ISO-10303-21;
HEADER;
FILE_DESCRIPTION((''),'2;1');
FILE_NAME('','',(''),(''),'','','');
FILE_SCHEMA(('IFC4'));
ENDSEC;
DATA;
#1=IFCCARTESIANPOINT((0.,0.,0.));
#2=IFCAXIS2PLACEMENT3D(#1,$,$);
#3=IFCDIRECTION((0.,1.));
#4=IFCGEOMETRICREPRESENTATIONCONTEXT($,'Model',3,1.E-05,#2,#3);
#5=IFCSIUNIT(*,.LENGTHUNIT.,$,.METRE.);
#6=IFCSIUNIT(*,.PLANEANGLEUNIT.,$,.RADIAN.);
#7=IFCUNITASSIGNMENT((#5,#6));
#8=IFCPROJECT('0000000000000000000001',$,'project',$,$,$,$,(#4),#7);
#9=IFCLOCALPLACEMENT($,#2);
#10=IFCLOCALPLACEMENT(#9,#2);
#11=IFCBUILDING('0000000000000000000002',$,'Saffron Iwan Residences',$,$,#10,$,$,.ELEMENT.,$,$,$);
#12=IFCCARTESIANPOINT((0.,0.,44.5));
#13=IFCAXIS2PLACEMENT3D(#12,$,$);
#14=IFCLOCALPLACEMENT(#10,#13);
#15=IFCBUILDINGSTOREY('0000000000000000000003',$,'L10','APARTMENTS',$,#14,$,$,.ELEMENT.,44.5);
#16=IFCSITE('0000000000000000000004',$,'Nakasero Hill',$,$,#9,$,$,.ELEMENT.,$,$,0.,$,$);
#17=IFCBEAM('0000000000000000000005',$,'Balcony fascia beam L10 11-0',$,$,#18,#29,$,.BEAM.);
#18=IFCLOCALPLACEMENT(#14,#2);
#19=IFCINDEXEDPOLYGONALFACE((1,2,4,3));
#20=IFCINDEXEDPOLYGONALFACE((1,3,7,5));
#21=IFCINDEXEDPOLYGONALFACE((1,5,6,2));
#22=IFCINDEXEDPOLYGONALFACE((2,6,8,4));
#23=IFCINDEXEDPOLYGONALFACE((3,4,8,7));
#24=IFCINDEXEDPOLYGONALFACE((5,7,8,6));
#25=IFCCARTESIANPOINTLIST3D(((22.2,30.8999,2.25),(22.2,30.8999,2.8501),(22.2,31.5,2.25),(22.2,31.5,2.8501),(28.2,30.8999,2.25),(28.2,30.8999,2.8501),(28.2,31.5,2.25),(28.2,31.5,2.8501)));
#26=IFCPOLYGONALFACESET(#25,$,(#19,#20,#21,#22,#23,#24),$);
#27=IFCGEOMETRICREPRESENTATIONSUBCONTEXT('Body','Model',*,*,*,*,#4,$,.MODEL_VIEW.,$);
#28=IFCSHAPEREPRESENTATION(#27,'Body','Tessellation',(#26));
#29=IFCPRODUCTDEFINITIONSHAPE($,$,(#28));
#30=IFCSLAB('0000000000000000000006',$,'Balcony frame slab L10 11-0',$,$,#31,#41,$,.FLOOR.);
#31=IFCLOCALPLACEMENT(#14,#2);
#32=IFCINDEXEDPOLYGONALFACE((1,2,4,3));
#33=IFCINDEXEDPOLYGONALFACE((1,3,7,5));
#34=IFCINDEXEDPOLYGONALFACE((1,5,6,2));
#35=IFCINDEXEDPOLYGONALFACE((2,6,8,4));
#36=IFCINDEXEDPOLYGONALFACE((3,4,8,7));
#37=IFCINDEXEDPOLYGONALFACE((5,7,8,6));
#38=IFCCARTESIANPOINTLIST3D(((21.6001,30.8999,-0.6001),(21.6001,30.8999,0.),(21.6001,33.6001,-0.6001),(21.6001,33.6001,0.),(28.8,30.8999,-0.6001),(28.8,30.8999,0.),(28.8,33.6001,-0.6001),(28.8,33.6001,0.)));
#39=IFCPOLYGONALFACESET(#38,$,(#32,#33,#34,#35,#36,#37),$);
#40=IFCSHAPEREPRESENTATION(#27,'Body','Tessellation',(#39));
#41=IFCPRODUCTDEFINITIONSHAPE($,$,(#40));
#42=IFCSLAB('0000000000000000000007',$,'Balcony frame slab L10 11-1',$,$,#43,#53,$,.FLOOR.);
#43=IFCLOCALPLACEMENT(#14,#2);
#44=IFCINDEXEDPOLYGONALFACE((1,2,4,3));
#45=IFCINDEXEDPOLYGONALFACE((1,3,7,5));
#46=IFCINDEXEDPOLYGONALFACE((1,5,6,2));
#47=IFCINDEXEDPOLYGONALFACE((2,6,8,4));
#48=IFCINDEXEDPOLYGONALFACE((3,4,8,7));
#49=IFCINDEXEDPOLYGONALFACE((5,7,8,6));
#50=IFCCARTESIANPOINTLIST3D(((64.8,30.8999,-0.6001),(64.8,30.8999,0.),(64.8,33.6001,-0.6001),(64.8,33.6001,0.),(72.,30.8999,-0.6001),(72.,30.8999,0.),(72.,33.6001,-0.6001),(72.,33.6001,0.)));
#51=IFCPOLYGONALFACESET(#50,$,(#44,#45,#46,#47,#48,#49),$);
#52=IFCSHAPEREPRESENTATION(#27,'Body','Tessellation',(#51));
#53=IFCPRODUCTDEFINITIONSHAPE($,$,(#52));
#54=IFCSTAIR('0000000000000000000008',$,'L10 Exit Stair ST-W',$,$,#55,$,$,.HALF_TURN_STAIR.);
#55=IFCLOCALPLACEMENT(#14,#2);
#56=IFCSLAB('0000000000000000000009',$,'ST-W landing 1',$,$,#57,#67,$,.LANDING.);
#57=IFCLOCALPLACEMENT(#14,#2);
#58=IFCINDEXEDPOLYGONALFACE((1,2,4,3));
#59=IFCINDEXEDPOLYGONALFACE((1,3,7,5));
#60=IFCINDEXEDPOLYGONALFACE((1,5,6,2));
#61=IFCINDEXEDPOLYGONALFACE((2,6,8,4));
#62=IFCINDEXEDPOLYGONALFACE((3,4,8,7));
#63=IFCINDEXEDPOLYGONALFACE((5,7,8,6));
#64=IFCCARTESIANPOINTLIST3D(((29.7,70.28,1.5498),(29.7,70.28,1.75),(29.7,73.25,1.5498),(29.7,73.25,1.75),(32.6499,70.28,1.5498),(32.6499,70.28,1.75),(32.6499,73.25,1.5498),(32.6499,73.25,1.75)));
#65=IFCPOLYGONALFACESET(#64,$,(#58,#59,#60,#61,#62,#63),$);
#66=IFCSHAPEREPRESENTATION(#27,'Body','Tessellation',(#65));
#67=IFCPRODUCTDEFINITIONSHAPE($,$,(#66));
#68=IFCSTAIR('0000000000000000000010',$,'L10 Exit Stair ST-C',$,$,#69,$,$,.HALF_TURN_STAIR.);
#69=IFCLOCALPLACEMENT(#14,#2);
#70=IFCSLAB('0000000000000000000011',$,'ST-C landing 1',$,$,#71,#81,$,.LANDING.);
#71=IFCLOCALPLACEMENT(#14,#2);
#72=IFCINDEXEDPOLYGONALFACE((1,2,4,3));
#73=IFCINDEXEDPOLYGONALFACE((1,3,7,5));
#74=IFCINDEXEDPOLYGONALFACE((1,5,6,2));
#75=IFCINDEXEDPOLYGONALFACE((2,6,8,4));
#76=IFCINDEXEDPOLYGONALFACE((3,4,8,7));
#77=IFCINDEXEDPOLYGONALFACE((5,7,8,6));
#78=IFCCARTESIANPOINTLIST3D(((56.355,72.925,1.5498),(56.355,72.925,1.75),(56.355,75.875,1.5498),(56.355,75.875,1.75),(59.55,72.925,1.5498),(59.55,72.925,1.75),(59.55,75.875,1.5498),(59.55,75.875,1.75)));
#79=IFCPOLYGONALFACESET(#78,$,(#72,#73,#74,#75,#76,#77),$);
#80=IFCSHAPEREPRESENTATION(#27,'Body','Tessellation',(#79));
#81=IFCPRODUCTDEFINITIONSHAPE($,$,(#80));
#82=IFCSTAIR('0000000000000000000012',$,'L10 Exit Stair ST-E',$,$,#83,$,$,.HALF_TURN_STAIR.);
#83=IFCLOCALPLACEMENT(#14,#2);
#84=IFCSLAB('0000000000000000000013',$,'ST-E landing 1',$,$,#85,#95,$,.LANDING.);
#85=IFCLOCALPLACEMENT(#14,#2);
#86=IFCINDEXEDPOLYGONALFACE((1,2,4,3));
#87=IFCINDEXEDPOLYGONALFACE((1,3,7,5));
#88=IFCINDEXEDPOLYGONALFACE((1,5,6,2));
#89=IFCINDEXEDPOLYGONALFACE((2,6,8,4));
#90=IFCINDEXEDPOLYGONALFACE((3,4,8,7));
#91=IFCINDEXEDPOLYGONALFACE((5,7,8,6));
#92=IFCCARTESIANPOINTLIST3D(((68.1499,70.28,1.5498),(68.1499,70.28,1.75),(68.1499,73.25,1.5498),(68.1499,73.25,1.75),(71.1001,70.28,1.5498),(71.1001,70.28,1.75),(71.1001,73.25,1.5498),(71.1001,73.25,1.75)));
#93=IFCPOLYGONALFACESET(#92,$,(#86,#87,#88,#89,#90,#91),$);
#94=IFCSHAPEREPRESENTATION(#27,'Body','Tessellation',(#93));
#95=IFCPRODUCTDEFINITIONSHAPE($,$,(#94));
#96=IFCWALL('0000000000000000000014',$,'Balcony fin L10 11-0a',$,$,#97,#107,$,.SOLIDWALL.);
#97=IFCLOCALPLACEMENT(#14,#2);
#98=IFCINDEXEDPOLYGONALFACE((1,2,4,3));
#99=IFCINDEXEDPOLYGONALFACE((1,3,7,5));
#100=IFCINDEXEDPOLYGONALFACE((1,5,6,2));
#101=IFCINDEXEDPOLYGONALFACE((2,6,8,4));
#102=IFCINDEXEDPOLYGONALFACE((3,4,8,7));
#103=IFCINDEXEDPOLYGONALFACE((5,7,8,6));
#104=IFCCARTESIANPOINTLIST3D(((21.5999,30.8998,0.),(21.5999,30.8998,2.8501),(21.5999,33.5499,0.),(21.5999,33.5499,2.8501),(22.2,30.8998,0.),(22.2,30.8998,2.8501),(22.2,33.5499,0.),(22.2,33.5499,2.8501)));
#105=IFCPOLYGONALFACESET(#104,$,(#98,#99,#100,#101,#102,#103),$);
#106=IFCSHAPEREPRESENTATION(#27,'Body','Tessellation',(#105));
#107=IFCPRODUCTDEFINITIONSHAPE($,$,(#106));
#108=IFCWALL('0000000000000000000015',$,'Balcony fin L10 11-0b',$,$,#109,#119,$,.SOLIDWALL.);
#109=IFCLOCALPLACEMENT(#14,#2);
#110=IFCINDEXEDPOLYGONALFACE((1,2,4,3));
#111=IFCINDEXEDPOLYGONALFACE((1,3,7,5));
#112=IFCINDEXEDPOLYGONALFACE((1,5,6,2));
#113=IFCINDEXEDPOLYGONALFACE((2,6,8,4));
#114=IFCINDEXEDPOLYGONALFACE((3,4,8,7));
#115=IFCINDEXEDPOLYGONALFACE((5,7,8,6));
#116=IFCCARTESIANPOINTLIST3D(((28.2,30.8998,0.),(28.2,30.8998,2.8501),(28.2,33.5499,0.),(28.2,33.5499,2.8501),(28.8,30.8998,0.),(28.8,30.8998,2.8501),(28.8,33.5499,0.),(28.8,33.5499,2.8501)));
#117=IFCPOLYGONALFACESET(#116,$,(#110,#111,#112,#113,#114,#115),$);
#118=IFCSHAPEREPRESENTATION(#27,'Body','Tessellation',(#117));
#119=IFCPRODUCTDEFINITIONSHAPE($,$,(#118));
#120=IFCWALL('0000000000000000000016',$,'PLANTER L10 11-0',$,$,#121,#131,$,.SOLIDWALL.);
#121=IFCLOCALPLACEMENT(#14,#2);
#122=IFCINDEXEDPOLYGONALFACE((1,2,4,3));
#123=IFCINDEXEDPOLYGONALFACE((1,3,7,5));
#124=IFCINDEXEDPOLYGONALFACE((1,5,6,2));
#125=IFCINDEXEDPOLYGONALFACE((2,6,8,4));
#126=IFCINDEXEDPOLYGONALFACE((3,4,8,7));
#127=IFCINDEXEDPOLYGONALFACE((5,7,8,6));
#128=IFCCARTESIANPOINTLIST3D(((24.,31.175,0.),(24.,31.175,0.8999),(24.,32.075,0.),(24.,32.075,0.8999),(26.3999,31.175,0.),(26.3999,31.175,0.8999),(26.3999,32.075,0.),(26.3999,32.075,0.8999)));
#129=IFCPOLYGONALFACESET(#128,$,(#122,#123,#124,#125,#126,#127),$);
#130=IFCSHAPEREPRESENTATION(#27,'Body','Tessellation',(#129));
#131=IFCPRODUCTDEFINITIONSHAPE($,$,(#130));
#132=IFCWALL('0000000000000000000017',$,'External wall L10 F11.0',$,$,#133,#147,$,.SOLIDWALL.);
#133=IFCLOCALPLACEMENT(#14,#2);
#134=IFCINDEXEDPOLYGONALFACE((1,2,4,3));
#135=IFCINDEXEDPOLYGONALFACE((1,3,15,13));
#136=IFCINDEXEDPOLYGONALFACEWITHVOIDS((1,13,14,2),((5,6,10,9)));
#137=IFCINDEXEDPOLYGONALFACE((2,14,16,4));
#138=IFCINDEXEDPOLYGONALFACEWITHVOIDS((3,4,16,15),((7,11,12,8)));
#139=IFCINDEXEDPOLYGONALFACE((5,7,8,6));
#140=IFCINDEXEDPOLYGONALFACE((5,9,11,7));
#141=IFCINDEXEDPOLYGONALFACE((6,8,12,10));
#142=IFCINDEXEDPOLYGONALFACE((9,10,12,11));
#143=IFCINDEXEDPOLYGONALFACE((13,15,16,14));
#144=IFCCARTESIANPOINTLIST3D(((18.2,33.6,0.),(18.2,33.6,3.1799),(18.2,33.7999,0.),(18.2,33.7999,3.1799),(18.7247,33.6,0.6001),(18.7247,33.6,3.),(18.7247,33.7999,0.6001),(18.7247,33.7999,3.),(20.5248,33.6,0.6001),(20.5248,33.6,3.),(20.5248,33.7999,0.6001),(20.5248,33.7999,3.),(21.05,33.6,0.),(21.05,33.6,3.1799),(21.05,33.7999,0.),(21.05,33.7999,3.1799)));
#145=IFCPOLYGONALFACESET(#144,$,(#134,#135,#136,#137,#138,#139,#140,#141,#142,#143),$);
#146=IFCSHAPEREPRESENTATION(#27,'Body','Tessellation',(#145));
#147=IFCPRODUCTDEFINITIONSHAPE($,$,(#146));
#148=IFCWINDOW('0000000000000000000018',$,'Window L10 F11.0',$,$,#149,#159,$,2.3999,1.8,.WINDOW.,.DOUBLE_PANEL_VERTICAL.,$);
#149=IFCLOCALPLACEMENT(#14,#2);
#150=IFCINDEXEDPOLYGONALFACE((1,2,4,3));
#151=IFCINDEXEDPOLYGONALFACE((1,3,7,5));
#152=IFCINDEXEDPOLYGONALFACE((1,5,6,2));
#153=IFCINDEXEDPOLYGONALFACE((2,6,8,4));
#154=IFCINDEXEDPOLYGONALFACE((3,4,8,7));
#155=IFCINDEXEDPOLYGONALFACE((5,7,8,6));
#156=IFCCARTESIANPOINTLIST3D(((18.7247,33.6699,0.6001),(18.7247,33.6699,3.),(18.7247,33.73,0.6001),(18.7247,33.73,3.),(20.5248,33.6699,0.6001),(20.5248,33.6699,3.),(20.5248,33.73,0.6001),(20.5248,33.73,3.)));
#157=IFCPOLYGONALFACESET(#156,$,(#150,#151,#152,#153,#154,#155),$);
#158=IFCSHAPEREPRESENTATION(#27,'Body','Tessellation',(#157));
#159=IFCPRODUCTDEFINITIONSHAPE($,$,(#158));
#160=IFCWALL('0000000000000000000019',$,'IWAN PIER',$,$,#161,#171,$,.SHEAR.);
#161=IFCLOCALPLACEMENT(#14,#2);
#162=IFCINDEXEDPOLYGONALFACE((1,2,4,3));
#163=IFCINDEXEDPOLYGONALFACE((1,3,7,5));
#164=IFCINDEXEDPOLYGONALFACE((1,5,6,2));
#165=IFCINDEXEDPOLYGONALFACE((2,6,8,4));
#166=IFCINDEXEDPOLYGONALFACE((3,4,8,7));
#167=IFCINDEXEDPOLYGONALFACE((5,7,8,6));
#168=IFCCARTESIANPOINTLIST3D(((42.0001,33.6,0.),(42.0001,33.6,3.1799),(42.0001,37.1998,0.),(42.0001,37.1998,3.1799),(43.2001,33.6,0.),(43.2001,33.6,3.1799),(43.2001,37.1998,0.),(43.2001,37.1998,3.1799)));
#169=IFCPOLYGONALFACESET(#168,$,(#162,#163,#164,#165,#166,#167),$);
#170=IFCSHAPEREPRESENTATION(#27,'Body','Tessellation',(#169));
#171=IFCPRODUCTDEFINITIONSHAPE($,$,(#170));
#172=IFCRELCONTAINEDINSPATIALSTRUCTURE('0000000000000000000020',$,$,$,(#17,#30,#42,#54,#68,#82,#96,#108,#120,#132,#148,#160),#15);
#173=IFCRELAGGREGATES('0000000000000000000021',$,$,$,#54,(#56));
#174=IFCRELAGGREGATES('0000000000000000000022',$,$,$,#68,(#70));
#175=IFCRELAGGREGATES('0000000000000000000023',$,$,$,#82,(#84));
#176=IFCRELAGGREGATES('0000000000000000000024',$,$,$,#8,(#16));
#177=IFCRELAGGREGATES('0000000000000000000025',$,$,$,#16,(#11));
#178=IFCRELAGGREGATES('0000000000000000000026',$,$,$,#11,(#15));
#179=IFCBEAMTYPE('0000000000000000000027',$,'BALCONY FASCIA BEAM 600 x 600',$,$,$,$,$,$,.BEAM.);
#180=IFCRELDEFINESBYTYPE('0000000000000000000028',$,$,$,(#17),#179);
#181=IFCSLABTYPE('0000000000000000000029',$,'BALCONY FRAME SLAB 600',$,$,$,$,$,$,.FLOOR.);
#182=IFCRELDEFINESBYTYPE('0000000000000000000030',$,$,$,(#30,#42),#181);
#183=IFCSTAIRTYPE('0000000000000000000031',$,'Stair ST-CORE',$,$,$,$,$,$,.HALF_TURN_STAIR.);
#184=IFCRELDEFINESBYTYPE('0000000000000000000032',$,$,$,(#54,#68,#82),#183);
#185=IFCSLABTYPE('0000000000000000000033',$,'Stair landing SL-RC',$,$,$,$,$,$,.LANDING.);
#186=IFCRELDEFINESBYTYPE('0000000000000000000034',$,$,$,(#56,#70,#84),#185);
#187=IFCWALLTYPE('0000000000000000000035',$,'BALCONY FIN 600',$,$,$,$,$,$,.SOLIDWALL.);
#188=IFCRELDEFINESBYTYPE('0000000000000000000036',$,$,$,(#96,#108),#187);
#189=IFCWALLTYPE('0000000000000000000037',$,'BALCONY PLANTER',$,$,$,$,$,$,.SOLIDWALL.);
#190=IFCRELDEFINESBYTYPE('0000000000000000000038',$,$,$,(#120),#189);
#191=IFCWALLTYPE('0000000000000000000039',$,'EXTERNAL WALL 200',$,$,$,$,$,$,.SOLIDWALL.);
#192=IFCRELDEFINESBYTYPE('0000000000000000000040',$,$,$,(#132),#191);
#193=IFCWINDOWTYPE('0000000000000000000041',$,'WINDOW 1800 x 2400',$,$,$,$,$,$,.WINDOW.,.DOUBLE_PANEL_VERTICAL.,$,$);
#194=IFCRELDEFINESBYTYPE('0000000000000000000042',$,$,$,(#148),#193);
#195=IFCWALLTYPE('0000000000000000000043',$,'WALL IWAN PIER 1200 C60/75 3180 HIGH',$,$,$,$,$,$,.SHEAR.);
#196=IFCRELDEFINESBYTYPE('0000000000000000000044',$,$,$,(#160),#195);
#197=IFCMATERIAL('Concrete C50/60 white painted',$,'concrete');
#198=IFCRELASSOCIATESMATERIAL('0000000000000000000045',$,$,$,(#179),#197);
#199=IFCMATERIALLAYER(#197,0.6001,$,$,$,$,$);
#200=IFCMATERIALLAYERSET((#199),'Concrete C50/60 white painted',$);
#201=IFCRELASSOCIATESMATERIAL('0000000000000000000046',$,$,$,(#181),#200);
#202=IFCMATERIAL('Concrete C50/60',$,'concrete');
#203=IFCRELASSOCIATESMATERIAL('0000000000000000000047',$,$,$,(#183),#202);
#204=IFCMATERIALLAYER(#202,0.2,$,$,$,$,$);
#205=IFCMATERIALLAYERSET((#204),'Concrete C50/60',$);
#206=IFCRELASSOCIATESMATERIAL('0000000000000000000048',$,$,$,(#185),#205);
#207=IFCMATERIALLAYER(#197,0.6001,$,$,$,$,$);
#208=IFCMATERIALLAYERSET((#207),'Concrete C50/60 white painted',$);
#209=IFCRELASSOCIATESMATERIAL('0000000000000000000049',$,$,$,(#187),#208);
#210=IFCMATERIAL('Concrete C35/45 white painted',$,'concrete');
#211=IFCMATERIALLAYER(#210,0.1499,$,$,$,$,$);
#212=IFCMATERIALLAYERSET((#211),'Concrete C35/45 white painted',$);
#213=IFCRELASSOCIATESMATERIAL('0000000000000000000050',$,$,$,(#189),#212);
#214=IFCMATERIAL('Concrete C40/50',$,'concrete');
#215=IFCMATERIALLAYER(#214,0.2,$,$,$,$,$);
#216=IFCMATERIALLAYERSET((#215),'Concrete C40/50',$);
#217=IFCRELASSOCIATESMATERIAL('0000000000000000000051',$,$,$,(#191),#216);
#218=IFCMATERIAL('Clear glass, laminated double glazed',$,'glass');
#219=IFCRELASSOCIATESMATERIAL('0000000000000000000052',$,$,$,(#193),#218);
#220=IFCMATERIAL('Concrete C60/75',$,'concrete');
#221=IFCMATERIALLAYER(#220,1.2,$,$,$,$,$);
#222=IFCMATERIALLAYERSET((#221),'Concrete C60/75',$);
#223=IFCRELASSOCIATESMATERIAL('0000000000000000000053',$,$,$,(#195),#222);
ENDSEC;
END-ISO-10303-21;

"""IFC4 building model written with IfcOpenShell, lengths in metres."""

from ifc_helpers import new_model, si_unit, direction, frame, frame_2d, origin, origin_2d, place, context, subcontext, project, spatial, polyline, rectangle, outline, extrude, source, transform, mapped, material, layer, layer_set, material_profile, profile_set, type_object, element, fill, aggregate, save


model = new_model("IFC4")

# Units and contexts
model_context = context("Model", 3, precision=1e-05, world=origin(), true_north=direction((0.0, 1.0)))
body_context = subcontext(model_context, "Body", "Model", "MODEL_VIEW")
ifc_project = project(units=[si_unit("LENGTHUNIT", "METRE"), si_unit("PLANEANGLEUNIT", "RADIAN")], contexts=[model_context])

# Site, building, storey
site_placement = place(None, origin())
site = spatial("IfcSite", under=ifc_project, at=site_placement, Name="Nakasero Hill", CompositionType="ELEMENT", RefElevation=0.0)
building_placement = place(site_placement, origin())
building = spatial("IfcBuilding", under=site, at=building_placement, Name="Saffron Iwan Residences", CompositionType="ELEMENT")
storey_placement = place(building_placement, frame((0.0, 0.0, 44.5)))
storey = spatial("IfcBuildingStorey", under=building, at=storey_placement, Name="L10", Description="APARTMENTS", CompositionType="ELEMENT", Elevation=44.5)

# Beam
ifc_material_1 = material(Name="Concrete C50/60 white painted", Category="concrete")
ifc_material_profile = material_profile(ifc_material_1, rectangle(XDim=0.6001, YDim=0.6001, at=origin_2d()), Name="BALCONY FASCIA BEAM 600 x 600")
ifc_profile_set = profile_set([ifc_material_profile], Name="Concrete C50/60 white painted")
beam_type = type_object("IfcBeamType", Name="BALCONY FASCIA BEAM 600 x 600", PredefinedType="BEAM", material=ifc_profile_set)
shared_shape = source(origin(), body_context, "Body", "SweptSolid", [
    extrude(rectangle(XDim=0.6001, YDim=0.6001, at=origin_2d()), origin(), (0.0, 0.0, 1.0), 6.0),
])
beam_placement = place(storey_placement, frame((22.2, 31.2, 2.55), z_axis=(1.0, 0.0, 0.0), x_axis=(0.0, 1.0, 0.0)))
element("IfcBeam", 1, at=beam_placement, inside=storey, type_object=beam_type, Name="Balcony fascia beam L10 11-0", PredefinedType="BEAM", context=body_context, shape_type="MappedRepresentation", body=[
    mapped(shared_shape, transform((0.0, 0.0, 0.0))),
])

# Slabs
ifc_layer_1 = layer(ifc_material_1, 0.6001)
ifc_layer_set_1 = layer_set([ifc_layer_1], Name="Concrete C50/60 white painted")
slab_type_1 = type_object("IfcSlabType", Name="BALCONY FRAME SLAB 600", PredefinedType="FLOOR", material=ifc_layer_set_1)
slab_1_placement = place(storey_placement, frame((0.0, 0.0, -0.6001)))
element("IfcSlab", 2, at=slab_1_placement, inside=storey, type_object=slab_type_1, Name="Balcony frame slab L10 11-0", PredefinedType="FLOOR", context=body_context, shape_type="SweptSolid", body=[
    extrude(outline(polyline([(21.6001, 30.8999), (28.8, 30.8999), (28.8, 33.6001), (21.6001, 33.6001), (21.6001, 30.8999)])), origin(), (0.0, 0.0, 1.0), 0.6001),
])
slab_2_placement = place(storey_placement, frame((0.0, 0.0, -0.6001)))
element("IfcSlab", 3, at=slab_2_placement, inside=storey, type_object=slab_type_1, Name="Balcony frame slab L10 11-1", PredefinedType="FLOOR", context=body_context, shape_type="SweptSolid", body=[
    extrude(outline(polyline([(64.8, 30.8999), (72.0, 30.8999), (72.0, 33.6001), (64.8, 33.6001), (64.8, 30.8999)])), origin(), (0.0, 0.0, 1.0), 0.6001),
])

# Stairs, slabs
ifc_material_2 = material(Name="Concrete C50/60", Category="concrete")
stair_type = type_object("IfcStairType", Name="Stair ST-CORE", PredefinedType="HALF_TURN_STAIR", material=ifc_material_2)
stair_1_placement = place(storey_placement, origin())
stair_1 = element("IfcStair", 4, at=stair_1_placement, inside=storey, type_object=stair_type, Name="L10 Exit Stair ST-W", PredefinedType="HALF_TURN_STAIR")
ifc_layer_2 = layer(ifc_material_2, 0.2)
ifc_layer_set_2 = layer_set([ifc_layer_2], Name="Concrete C50/60")
slab_type_2 = type_object("IfcSlabType", Name="Stair landing SL-RC", PredefinedType="LANDING", material=ifc_layer_set_2)
slab_3_placement = place(storey_placement, frame((0.0, 0.0, 1.5498)))
slab_3 = element("IfcSlab", 5, at=slab_3_placement, type_object=slab_type_2, Name="ST-W landing 1", PredefinedType="LANDING", context=body_context, shape_type="SweptSolid", body=[
    extrude(outline(polyline([(32.6499, 70.28), (32.6499, 73.25), (29.7, 73.25), (29.7, 70.28), (32.6499, 70.28)])), origin(), (0.0, 0.0, 1.0), 0.2002),
])
aggregate(stair_1, [slab_3])
stair_2_placement = place(storey_placement, origin())
stair_2 = element("IfcStair", 6, at=stair_2_placement, inside=storey, type_object=stair_type, Name="L10 Exit Stair ST-C", PredefinedType="HALF_TURN_STAIR")
slab_4_placement = place(storey_placement, frame((0.0, 0.0, 1.5498)))
slab_4 = element("IfcSlab", 7, at=slab_4_placement, type_object=slab_type_2, Name="ST-C landing 1", PredefinedType="LANDING", context=body_context, shape_type="SweptSolid", body=[
    extrude(outline(polyline([(56.355, 72.925), (59.55, 72.925), (59.55, 75.875), (56.355, 75.875), (56.355, 72.925)])), origin(), (0.0, 0.0, 1.0), 0.2002),
])
aggregate(stair_2, [slab_4])
stair_3_placement = place(storey_placement, origin())
stair_3 = element("IfcStair", 8, at=stair_3_placement, inside=storey, type_object=stair_type, Name="L10 Exit Stair ST-E", PredefinedType="HALF_TURN_STAIR")
slab_5_placement = place(storey_placement, frame((0.0, 0.0, 1.5498)))
slab_5 = element("IfcSlab", 9, at=slab_5_placement, type_object=slab_type_2, Name="ST-E landing 1", PredefinedType="LANDING", context=body_context, shape_type="SweptSolid", body=[
    extrude(outline(polyline([(71.1001, 70.28), (71.1001, 73.25), (68.1499, 73.25), (68.1499, 70.28), (71.1001, 70.28)])), origin(), (0.0, 0.0, 1.0), 0.2002),
])
aggregate(stair_3, [slab_5])

# Walls
ifc_layer_3 = layer(ifc_material_1, 0.6001)
ifc_layer_set_3 = layer_set([ifc_layer_3], Name="Concrete C50/60 white painted")
wall_type_1 = type_object("IfcWallType", Name="BALCONY FIN 600", PredefinedType="SOLIDWALL", material=ifc_layer_set_3)
for number, where, z_axis, x_axis, name in (
    (10, (21.8999, 33.55, 0.0), (0.0, 0.0, 1.0), (0.0, -1.0, 0.0), "Balcony fin L10 11-0a"),
    (11, (28.5, 33.55, 0.0), (0.0, 0.0, 1.0), (0.0, -1.0, 0.0), "Balcony fin L10 11-0b"),
):
    element("IfcWall", number, at=place(storey_placement, frame(where, z_axis=z_axis, x_axis=x_axis)), inside=storey, type_object=wall_type_1, Name=name, PredefinedType="SOLIDWALL", context=body_context, shape_type="SweptSolid", body=[
        extrude(rectangle(XDim=2.6501, YDim=0.6001, at=frame_2d((1.3252, 0.0))), origin(), (0.0, 0.0, 1.0), 2.8501),
    ])
ifc_material_3 = material(Name="Concrete C35/45 white painted", Category="concrete")
ifc_layer_4 = layer(ifc_material_3, 0.1499)
ifc_layer_set_4 = layer_set([ifc_layer_4], Name="Concrete C35/45 white painted")
wall_type_2 = type_object("IfcWallType", Name="BALCONY PLANTER", PredefinedType="SOLIDWALL", material=ifc_layer_set_4)
wall_1_placement = place(storey_placement, frame((24.0, 31.625, 0.0), z_axis=(0.0, 0.0, 1.0), x_axis=(1.0, 0.0, 0.0)))
element("IfcWall", 12, at=wall_1_placement, inside=storey, type_object=wall_type_2, Name="PLANTER L10 11-0", PredefinedType="SOLIDWALL", context=body_context, shape_type="SweptSolid", body=[
    extrude(rectangle(XDim=2.3999, YDim=0.8999, at=frame_2d((1.2, 0.0))), origin(), (0.0, 0.0, 1.0), 0.8999),
])

# Wall, opening, window
ifc_material_4 = material(Name="Concrete C40/50", Category="concrete")
ifc_layer_5 = layer(ifc_material_4, 0.2)
ifc_layer_set_5 = layer_set([ifc_layer_5], Name="Concrete C40/50")
wall_type_3 = type_object("IfcWallType", Name="EXTERNAL WALL 200", PredefinedType="SOLIDWALL", material=ifc_layer_set_5)
wall_2_placement = place(storey_placement, frame((18.2, 33.7, 0.0), z_axis=(0.0, 0.0, 1.0), x_axis=(1.0, 0.0, 0.0)))
wall_2 = element("IfcWall", 13, at=wall_2_placement, inside=storey, type_object=wall_type_3, Name="External wall L10 F11.0", PredefinedType="SOLIDWALL", context=body_context, shape_type="SweptSolid", body=[
    extrude(rectangle(XDim=2.8501, YDim=0.2, at=frame_2d((1.425, 0.0))), origin(), (0.0, 0.0, 1.0), 3.1799),
])
opening_placement = place(wall_2_placement, frame((0.5249, 0.0, 0.6001)))
opening = element("IfcOpeningElement", 14, at=opening_placement, cuts=wall_2, PredefinedType="OPENING", context=body_context, shape_type="SweptSolid", body=[
    extrude(rectangle(XDim=1.8, YDim=2.3999, at=frame_2d((0.8999, 1.2))), frame((0.0, 0.1099, 0.0), z_axis=(0.0, -1.0, 0.0), x_axis=(1.0, 0.0, 0.0)), (0.0, 0.0, 1.0), 0.22),
])
ifc_material_5 = material(Name="Clear glass, laminated double glazed", Category="glass")
window_type = type_object("IfcWindowType", Name="WINDOW 1800 x 2400", PartitioningType="DOUBLE_PANEL_VERTICAL", PredefinedType="WINDOW", material=ifc_material_5)
window_placement = place(opening_placement, origin())
window = element("IfcWindow", 15, at=window_placement, inside=storey, type_object=window_type, Name="Window L10 F11.0", OverallHeight=2.3999, OverallWidth=1.8, PartitioningType="DOUBLE_PANEL_VERTICAL", PredefinedType="WINDOW", context=body_context, shape_type="SweptSolid", body=[
    extrude(rectangle(XDim=1.8, YDim=2.3999, at=frame_2d((0.8999, 1.2))), frame((0.0, 0.03, 0.0), z_axis=(0.0, -1.0, 0.0), x_axis=(1.0, 0.0, 0.0)), (0.0, 0.0, 1.0), 0.0601),
])
fill(opening, window)

# Wall
ifc_material_6 = material(Name="Concrete C60/75", Category="concrete")
ifc_layer_6 = layer(ifc_material_6, 1.2)
ifc_layer_set_6 = layer_set([ifc_layer_6], Name="Concrete C60/75")
wall_type_4 = type_object("IfcWallType", Name="WALL IWAN PIER 1200 C60/75 3180 HIGH", PredefinedType="SHEAR", material=ifc_layer_set_6)
wall_3_placement = place(storey_placement, frame((42.6001, 33.6001, 0.0), z_axis=(0.0, 0.0, 1.0), x_axis=(0.0, 1.0, 0.0)))
element("IfcWall", 16, at=wall_3_placement, inside=storey, type_object=wall_type_4, Name="IWAN PIER", PredefinedType="SHEAR", context=body_context, shape_type="SweptSolid", body=[
    extrude(rectangle(XDim=3.5999, YDim=1.2, at=frame_2d((1.7998, 0.0))), origin(), (0.0, 0.0, 1.0), 3.1799),
])

save(model, "model.ifc")
